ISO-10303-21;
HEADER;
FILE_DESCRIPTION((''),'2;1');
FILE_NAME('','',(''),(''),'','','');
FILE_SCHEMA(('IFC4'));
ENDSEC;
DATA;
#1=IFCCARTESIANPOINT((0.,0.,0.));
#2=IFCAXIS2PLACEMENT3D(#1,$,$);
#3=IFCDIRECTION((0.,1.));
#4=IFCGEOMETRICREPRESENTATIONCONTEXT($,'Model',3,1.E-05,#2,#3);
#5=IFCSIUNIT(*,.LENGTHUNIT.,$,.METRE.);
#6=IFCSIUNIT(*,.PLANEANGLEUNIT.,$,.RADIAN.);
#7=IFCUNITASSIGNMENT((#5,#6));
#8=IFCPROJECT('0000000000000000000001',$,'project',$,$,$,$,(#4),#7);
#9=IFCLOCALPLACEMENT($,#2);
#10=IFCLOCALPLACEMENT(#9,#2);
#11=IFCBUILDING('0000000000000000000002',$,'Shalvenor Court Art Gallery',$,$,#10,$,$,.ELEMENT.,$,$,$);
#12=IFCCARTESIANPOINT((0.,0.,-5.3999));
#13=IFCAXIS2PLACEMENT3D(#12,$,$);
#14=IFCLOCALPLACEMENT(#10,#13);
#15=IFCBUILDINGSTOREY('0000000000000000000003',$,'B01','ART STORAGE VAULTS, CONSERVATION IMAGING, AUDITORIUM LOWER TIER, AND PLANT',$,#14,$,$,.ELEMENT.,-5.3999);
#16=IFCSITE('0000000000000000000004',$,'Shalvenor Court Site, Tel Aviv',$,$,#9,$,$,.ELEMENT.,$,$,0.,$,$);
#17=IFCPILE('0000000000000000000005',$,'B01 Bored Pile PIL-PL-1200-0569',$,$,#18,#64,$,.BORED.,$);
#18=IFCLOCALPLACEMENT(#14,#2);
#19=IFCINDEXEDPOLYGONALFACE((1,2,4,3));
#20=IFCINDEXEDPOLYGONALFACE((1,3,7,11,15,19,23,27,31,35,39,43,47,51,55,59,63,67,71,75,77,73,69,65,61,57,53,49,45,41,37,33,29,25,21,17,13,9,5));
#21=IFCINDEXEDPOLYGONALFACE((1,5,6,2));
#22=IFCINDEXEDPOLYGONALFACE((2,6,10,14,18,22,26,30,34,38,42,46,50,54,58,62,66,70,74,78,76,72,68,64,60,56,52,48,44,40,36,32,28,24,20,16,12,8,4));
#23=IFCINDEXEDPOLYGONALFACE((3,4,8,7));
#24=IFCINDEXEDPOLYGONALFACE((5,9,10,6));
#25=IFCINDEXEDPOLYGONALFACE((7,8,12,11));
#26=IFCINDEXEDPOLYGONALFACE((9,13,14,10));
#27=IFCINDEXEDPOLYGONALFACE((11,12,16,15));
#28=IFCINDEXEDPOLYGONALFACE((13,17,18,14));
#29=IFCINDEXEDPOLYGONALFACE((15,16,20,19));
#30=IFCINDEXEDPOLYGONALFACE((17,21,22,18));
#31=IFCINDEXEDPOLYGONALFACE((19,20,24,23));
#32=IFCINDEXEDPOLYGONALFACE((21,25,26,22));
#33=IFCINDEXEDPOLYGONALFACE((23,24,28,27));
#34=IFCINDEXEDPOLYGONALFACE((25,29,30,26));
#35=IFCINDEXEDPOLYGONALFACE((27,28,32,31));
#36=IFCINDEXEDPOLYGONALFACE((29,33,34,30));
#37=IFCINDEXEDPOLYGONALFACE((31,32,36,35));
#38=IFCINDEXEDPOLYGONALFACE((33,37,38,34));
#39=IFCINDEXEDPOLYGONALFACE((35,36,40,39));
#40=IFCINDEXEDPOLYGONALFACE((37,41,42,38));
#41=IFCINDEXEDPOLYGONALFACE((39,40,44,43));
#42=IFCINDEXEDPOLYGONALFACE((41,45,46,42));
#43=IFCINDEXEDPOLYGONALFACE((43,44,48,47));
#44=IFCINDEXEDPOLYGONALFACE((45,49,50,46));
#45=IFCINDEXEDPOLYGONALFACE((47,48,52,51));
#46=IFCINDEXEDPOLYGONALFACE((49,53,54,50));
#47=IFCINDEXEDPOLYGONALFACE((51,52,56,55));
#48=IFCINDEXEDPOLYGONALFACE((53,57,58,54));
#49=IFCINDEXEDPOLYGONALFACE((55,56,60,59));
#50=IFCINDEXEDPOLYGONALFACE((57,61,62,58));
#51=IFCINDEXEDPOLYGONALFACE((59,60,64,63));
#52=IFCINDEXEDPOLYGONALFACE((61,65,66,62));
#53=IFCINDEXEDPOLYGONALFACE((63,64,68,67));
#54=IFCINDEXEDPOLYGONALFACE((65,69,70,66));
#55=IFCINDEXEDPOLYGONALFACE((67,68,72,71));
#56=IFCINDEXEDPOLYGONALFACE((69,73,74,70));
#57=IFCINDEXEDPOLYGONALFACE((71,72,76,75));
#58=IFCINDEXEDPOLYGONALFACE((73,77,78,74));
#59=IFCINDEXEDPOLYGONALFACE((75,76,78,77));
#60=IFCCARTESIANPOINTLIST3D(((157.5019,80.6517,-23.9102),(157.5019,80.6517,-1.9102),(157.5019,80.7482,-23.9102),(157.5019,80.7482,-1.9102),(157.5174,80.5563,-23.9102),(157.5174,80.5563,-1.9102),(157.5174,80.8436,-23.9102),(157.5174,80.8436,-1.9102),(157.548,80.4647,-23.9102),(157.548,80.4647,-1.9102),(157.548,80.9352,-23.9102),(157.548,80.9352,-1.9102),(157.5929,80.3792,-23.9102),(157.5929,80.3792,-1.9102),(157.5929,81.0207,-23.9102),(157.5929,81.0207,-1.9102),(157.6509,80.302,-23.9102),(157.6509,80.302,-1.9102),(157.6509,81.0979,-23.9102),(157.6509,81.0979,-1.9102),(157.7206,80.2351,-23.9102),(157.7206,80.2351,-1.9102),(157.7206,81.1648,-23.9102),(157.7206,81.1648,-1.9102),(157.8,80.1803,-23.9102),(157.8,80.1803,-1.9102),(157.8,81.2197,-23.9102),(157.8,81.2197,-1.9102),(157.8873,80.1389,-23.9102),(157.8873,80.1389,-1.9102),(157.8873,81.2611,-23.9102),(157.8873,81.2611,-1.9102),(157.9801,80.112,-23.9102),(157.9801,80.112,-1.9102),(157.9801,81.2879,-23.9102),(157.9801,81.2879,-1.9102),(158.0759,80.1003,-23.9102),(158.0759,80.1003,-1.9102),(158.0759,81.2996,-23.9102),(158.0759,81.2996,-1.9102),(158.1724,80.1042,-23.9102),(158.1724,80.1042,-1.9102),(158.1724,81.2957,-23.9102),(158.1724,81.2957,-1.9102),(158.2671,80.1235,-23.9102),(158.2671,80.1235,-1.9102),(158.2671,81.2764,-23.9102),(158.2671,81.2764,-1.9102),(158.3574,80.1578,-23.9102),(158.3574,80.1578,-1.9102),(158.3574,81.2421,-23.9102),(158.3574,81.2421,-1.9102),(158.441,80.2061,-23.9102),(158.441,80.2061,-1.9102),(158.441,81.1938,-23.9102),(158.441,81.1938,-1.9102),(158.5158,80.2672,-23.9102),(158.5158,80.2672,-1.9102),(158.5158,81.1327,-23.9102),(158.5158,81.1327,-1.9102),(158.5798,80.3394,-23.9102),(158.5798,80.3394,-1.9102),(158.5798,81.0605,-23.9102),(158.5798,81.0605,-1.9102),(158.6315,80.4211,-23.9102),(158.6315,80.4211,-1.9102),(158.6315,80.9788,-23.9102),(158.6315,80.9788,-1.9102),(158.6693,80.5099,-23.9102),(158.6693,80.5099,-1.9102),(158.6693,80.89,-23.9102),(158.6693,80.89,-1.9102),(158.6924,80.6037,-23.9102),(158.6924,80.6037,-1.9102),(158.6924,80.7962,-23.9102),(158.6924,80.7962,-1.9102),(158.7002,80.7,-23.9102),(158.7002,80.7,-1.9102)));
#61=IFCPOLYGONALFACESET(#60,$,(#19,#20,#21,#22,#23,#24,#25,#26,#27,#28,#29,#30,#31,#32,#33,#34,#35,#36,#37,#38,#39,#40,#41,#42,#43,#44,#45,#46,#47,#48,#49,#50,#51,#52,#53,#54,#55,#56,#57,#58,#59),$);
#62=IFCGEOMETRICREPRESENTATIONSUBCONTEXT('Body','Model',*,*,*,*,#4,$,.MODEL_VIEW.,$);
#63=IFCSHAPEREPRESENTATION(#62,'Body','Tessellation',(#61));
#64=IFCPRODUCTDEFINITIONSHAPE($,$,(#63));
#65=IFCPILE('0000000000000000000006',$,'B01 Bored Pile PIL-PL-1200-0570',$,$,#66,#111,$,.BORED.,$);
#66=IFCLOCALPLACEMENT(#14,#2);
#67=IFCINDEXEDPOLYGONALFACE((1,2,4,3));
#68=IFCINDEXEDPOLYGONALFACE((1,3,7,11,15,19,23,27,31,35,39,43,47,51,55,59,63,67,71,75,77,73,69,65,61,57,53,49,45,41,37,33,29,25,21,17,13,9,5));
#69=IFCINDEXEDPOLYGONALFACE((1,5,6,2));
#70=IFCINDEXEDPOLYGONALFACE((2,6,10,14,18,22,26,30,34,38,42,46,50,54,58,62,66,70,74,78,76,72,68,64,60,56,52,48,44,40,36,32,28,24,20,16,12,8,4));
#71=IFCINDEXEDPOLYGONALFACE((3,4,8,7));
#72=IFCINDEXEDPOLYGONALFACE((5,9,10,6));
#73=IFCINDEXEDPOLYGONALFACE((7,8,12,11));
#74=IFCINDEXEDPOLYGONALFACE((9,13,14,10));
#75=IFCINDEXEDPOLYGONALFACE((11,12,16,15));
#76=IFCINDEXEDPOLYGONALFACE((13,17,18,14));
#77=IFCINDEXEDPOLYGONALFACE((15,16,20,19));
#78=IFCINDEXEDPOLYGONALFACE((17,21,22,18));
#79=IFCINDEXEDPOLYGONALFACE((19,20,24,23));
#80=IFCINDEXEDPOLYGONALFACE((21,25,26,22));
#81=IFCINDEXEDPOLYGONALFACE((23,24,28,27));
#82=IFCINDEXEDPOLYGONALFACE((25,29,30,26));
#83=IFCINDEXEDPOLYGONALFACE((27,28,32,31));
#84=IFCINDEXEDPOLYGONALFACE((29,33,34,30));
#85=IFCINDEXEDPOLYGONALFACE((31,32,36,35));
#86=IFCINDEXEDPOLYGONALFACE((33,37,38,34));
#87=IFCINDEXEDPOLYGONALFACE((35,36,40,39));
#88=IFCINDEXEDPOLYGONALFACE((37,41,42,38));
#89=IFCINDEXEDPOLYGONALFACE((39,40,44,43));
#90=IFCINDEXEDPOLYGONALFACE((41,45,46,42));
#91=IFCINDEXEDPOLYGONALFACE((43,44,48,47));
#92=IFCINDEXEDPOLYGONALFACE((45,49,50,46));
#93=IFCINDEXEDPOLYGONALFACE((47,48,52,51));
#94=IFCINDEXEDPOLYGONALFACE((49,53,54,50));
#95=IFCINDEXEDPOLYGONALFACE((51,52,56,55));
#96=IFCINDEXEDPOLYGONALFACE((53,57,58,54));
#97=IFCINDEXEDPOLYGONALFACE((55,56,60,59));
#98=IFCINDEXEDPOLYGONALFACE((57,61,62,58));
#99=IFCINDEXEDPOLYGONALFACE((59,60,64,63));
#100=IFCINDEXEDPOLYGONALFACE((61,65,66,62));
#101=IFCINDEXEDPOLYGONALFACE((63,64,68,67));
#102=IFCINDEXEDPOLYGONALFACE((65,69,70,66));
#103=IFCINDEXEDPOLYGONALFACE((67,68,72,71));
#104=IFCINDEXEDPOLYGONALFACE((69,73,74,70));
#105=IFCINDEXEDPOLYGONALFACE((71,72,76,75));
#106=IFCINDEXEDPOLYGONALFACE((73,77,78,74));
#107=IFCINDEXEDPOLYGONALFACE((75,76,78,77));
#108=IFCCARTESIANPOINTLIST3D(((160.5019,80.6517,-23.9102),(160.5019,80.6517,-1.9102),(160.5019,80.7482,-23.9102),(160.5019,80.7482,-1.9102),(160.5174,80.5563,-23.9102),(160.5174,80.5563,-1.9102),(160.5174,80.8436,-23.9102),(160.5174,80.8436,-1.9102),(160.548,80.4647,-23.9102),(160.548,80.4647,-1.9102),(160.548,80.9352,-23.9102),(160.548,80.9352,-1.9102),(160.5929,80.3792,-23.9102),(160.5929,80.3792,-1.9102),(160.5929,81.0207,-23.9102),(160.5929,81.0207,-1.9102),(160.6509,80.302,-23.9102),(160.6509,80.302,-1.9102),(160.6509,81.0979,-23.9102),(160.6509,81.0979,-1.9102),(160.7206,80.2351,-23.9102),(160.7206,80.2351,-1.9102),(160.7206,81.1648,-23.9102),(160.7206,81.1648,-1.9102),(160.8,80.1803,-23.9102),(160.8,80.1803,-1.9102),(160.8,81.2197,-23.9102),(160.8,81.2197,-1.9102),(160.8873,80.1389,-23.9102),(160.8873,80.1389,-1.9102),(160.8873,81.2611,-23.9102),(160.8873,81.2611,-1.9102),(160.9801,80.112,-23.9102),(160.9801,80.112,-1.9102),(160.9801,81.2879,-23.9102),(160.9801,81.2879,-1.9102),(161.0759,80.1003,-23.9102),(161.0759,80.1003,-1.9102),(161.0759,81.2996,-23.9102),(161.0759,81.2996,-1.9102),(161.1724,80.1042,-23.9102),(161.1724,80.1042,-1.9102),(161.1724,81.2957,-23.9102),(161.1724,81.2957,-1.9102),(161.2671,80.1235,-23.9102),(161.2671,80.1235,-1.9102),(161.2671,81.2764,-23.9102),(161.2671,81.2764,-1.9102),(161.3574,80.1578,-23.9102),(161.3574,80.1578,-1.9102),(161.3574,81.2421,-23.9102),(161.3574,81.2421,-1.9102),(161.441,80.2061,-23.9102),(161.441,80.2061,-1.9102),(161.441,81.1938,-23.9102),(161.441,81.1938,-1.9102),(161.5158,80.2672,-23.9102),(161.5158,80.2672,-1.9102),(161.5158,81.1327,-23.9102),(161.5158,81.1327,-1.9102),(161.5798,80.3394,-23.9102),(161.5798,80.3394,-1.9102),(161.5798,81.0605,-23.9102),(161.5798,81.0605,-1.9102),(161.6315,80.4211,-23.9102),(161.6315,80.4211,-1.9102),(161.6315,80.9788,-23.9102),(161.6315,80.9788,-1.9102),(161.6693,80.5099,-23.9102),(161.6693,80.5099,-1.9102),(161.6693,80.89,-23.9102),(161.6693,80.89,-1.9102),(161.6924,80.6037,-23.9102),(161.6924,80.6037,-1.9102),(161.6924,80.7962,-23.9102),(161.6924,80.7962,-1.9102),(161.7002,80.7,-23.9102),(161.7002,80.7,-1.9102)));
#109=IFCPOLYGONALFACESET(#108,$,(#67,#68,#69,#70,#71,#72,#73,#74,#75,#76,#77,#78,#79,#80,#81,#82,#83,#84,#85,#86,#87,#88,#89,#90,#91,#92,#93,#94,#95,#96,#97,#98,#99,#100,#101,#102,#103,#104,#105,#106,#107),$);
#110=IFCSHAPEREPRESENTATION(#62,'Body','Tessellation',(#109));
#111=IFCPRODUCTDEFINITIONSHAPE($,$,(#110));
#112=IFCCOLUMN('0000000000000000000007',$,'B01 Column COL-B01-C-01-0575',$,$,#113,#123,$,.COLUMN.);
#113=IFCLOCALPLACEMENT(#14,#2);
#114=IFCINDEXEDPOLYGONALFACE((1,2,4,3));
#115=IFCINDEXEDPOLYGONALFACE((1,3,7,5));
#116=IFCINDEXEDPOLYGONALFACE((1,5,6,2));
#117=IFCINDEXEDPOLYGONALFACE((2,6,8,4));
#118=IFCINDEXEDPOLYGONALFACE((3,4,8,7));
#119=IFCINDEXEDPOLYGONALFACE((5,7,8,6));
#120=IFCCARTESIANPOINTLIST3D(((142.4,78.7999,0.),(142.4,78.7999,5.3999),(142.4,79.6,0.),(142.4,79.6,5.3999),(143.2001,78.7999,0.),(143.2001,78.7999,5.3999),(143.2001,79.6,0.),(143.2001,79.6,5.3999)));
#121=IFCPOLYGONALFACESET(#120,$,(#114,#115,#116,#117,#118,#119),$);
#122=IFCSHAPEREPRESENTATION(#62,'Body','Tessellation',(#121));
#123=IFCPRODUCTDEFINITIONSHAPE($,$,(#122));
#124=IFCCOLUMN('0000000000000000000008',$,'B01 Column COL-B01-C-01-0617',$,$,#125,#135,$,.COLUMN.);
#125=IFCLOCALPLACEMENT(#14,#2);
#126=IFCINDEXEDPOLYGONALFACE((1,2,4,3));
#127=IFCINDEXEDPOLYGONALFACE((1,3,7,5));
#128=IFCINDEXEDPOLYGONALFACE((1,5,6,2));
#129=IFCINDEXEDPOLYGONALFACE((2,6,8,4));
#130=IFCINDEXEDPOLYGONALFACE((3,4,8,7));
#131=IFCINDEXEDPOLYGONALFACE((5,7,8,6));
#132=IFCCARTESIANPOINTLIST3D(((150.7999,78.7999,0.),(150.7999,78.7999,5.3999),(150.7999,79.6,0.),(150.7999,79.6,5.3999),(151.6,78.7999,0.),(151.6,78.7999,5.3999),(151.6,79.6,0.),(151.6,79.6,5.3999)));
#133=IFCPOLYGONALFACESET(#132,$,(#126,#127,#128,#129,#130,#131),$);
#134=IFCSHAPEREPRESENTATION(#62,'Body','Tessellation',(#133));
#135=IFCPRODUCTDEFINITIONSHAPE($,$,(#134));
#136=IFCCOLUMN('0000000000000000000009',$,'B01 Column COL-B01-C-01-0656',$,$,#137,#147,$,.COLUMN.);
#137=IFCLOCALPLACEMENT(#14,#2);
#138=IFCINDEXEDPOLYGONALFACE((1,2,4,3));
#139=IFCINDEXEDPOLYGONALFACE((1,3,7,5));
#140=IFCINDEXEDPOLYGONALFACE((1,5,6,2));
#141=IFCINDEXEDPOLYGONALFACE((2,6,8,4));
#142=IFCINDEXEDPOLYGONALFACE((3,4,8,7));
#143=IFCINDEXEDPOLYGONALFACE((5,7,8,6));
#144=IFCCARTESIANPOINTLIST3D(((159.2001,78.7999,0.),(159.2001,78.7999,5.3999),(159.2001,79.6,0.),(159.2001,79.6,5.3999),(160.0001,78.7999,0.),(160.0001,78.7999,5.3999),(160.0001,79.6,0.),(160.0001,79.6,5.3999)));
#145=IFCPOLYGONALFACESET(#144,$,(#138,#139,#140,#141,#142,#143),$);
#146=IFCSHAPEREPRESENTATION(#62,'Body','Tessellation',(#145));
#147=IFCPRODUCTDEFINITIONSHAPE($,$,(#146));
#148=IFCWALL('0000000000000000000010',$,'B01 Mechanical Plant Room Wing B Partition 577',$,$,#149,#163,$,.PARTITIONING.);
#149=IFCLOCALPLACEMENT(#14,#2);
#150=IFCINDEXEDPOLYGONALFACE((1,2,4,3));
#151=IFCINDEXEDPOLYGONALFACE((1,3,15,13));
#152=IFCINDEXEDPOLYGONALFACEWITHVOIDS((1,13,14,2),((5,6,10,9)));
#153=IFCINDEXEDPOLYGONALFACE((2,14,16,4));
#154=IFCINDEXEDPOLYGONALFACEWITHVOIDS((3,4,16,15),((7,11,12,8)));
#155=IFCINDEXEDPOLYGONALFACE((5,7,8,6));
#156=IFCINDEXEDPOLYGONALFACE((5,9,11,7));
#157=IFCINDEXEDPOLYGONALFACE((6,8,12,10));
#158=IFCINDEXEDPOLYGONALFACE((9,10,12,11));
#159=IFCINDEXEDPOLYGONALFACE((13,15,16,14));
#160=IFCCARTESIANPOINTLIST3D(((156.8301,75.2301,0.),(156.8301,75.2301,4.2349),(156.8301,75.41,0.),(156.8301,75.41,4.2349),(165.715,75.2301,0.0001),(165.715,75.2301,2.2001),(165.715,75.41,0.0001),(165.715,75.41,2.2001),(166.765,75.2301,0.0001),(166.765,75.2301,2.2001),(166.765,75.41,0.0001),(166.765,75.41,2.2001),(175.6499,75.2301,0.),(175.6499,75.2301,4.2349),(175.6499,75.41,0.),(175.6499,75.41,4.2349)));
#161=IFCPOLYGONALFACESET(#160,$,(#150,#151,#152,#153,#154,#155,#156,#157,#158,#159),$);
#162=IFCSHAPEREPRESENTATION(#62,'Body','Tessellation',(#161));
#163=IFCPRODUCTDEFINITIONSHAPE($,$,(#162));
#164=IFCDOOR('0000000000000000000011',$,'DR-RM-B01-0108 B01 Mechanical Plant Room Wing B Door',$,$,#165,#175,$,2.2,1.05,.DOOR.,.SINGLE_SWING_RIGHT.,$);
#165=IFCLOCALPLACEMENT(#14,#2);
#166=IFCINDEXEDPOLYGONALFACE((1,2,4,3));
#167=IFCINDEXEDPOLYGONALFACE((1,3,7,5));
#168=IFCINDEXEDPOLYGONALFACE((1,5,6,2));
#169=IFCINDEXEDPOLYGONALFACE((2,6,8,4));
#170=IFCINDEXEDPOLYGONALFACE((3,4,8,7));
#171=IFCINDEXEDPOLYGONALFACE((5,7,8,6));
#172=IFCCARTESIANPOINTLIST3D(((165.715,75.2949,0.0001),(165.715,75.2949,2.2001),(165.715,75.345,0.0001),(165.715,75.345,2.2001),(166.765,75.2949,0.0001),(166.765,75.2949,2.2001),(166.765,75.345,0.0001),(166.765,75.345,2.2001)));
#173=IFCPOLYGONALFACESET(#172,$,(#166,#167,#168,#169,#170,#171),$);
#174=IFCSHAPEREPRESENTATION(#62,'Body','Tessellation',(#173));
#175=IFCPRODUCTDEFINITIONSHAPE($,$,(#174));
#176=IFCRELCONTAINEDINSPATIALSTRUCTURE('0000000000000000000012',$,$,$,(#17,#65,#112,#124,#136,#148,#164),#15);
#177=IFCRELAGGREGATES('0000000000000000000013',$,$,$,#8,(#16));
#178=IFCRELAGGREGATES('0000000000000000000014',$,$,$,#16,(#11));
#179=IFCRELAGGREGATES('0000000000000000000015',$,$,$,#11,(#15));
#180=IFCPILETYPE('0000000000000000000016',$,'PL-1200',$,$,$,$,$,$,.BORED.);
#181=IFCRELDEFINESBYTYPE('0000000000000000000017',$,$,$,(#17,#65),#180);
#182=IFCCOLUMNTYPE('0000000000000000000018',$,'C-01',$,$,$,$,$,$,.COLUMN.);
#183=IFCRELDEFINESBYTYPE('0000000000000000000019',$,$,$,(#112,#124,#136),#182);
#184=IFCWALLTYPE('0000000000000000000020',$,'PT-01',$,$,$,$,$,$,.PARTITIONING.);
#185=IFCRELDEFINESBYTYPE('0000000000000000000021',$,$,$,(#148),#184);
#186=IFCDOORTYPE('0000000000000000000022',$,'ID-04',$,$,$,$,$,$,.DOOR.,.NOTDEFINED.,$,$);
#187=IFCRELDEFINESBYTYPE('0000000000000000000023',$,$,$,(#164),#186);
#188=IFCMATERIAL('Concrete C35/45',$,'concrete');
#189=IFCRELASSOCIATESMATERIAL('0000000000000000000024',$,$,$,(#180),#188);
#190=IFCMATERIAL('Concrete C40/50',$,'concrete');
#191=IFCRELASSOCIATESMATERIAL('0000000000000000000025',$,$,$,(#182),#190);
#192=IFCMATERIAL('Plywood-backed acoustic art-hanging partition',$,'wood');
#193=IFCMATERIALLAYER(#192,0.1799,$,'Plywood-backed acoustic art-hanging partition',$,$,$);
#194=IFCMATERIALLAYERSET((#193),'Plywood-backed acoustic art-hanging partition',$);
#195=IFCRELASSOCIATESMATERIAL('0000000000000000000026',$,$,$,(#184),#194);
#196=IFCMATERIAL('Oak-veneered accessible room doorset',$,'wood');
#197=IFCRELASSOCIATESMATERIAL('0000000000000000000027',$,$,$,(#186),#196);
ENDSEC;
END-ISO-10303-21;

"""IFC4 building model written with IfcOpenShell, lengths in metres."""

from ifc_helpers import new_model, si_unit, direction, frame, frame_2d, origin, origin_2d, place, context, subcontext, project, spatial, rectangle, circle, extrude, material, layer, layer_set, material_profile, profile_set, type_object, element, fill, save


model = new_model("IFC4")

# Units and contexts
model_context = context("Model", 3, precision=1e-05, world=origin(), true_north=direction((0.0, 1.0)))
body_context = subcontext(model_context, "Body", "Model", "MODEL_VIEW")
ifc_project = project(units=[si_unit("LENGTHUNIT", "METRE"), si_unit("PLANEANGLEUNIT", "RADIAN")], contexts=[model_context])

# Site, building, storey
site_placement = place(None, origin())
site = spatial("IfcSite", under=ifc_project, at=site_placement, Name="Shalvenor Court Site, Tel Aviv", CompositionType="ELEMENT", RefElevation=0.0)
building_placement = place(site_placement, origin())
building = spatial("IfcBuilding", under=site, at=building_placement, Name="Shalvenor Court Art Gallery", CompositionType="ELEMENT")
storey_placement = place(building_placement, frame((0.0, 0.0, -5.3999)))
storey = spatial("IfcBuildingStorey", under=building, at=storey_placement, Name="B01", Description="ART STORAGE VAULTS, CONSERVATION IMAGING, AUDITORIUM LOWER TIER, AND PLANT", CompositionType="ELEMENT", Elevation=-5.3999)

# Piles
ifc_material_1 = material(Name="Concrete C35/45", Category="concrete")
ifc_material_profile_1 = material_profile(ifc_material_1, circle(Radius=0.6001, at=origin_2d()), Name="PILE 1200")
ifc_profile_set_1 = profile_set([ifc_material_profile_1], Name="Concrete C35/45")
pile_type = type_object("IfcPileType", Name="PL-1200", PredefinedType="BORED", material=ifc_profile_set_1)
for number, where, z_axis, x_axis, name in (
    (1, (158.1001, 80.7, -1.9102), (0.0, 0.0, -1.0), (1.0, 0.0, 0.0), "B01 Bored Pile PIL-PL-1200-0569"),
    (2, (161.1001, 80.7, -1.9102), (0.0, 0.0, -1.0), (1.0, 0.0, 0.0), "B01 Bored Pile PIL-PL-1200-0570"),
):
    element("IfcPile", number, at=place(storey_placement, frame(where, z_axis=z_axis, x_axis=x_axis)), inside=storey, type_object=pile_type, Name=name, PredefinedType="BORED", context=body_context, shape_type="SweptSolid", body=[
        extrude(circle(Radius=0.6001, at=origin_2d()), origin(), (0.0, 0.0, 1.0), 22.0),
    ])

# Columns
ifc_material_2 = material(Name="Concrete C40/50", Category="concrete")
ifc_material_profile_2 = material_profile(ifc_material_2, rectangle(XDim=0.8, YDim=0.8, at=origin_2d()), Name="RC 800x800")
ifc_profile_set_2 = profile_set([ifc_material_profile_2], Name="Concrete C40/50")
column_type = type_object("IfcColumnType", Name="C-01", PredefinedType="COLUMN", material=ifc_profile_set_2)
for number, where, z_axis, x_axis, name in (
    (3, (142.8, 79.2, 0.0), (0.0, 0.0, 1.0), (1.0, 0.0, 0.0), "B01 Column COL-B01-C-01-0575"),
    (4, (151.2, 79.2, 0.0), (0.0, 0.0, 1.0), (1.0, 0.0, 0.0), "B01 Column COL-B01-C-01-0617"),
    (5, (159.6001, 79.2, 0.0), (0.0, 0.0, 1.0), (1.0, 0.0, 0.0), "B01 Column COL-B01-C-01-0656"),
):
    element("IfcColumn", number, at=place(storey_placement, frame(where, z_axis=z_axis, x_axis=x_axis)), inside=storey, type_object=column_type, Name=name, PredefinedType="COLUMN", context=body_context, shape_type="SweptSolid", body=[
        extrude(rectangle(XDim=0.8, YDim=0.8, at=origin_2d()), origin(), (0.0, 0.0, 1.0), 5.3999),
    ])

# Wall, opening, door
ifc_material_3 = material(Name="Plywood-backed acoustic art-hanging partition", Category="wood")
ifc_layer_1 = layer(ifc_material_3, 0.1799, Name="Plywood-backed acoustic art-hanging partition")
ifc_layer_set_1 = layer_set([ifc_layer_1], Name="Plywood-backed acoustic art-hanging partition")
wall_type_1 = type_object("IfcWallType", Name="PT-01", PredefinedType="PARTITIONING", material=ifc_layer_set_1)
wall_1_placement = place(storey_placement, frame((156.8301, 75.3201, 0.0), z_axis=(0.0, 0.0, 1.0), x_axis=(1.0, 0.0, 0.0)))
wall_1 = element("IfcWall", 6, at=wall_1_placement, inside=storey, type_object=wall_type_1, Name="B01 Mechanical Plant Room Wing B Partition 577", PredefinedType="PARTITIONING", context=body_context, shape_type="SweptSolid", body=[
    extrude(rectangle(XDim=18.8198, YDim=0.1799, at=frame_2d((9.4099, 0.0))), origin(), (0.0, 0.0, 1.0), 4.2349),
])
opening_1_placement = place(wall_1_placement, frame((8.885, 0.0, 0.0)))
opening_1 = element("IfcOpeningElement", 7, at=opening_1_placement, cuts=wall_1, PredefinedType="OPENING", context=body_context, shape_type="SweptSolid", body=[
    extrude(rectangle(XDim=1.05, YDim=2.2, at=frame_2d((0.5249, 1.1001))), frame((0.0, 0.0999, 0.0), z_axis=(0.0, -1.0, 0.0), x_axis=(1.0, 0.0, 0.0)), (0.0, 0.0, 1.0), 0.2),
])
ifc_material_4 = material(Name="Oak-veneered accessible room doorset", Category="wood")
door_type_1 = type_object("IfcDoorType", Name="ID-04", OperationType="NOTDEFINED", PredefinedType="DOOR", material=ifc_material_4)
door_1_placement = place(opening_1_placement, origin())
door_1 = element("IfcDoor", 8, at=door_1_placement, inside=storey, type_object=door_type_1, Name="DR-RM-B01-0108 B01 Mechanical Plant Room Wing B Door", OperationType="SINGLE_SWING_RIGHT", OverallHeight=2.2, OverallWidth=1.05, PredefinedType="DOOR", context=body_context, shape_type="SweptSolid", body=[
    extrude(rectangle(XDim=1.05, YDim=2.2, at=frame_2d((0.5249, 1.1001))), frame((0.0, 0.0249, 0.0), z_axis=(0.0, -1.0, 0.0), x_axis=(1.0, 0.0, 0.0)), (0.0, 0.0, 1.0), 0.05),
])
fill(opening_1, door_1)

save(model, "model.ifc")
